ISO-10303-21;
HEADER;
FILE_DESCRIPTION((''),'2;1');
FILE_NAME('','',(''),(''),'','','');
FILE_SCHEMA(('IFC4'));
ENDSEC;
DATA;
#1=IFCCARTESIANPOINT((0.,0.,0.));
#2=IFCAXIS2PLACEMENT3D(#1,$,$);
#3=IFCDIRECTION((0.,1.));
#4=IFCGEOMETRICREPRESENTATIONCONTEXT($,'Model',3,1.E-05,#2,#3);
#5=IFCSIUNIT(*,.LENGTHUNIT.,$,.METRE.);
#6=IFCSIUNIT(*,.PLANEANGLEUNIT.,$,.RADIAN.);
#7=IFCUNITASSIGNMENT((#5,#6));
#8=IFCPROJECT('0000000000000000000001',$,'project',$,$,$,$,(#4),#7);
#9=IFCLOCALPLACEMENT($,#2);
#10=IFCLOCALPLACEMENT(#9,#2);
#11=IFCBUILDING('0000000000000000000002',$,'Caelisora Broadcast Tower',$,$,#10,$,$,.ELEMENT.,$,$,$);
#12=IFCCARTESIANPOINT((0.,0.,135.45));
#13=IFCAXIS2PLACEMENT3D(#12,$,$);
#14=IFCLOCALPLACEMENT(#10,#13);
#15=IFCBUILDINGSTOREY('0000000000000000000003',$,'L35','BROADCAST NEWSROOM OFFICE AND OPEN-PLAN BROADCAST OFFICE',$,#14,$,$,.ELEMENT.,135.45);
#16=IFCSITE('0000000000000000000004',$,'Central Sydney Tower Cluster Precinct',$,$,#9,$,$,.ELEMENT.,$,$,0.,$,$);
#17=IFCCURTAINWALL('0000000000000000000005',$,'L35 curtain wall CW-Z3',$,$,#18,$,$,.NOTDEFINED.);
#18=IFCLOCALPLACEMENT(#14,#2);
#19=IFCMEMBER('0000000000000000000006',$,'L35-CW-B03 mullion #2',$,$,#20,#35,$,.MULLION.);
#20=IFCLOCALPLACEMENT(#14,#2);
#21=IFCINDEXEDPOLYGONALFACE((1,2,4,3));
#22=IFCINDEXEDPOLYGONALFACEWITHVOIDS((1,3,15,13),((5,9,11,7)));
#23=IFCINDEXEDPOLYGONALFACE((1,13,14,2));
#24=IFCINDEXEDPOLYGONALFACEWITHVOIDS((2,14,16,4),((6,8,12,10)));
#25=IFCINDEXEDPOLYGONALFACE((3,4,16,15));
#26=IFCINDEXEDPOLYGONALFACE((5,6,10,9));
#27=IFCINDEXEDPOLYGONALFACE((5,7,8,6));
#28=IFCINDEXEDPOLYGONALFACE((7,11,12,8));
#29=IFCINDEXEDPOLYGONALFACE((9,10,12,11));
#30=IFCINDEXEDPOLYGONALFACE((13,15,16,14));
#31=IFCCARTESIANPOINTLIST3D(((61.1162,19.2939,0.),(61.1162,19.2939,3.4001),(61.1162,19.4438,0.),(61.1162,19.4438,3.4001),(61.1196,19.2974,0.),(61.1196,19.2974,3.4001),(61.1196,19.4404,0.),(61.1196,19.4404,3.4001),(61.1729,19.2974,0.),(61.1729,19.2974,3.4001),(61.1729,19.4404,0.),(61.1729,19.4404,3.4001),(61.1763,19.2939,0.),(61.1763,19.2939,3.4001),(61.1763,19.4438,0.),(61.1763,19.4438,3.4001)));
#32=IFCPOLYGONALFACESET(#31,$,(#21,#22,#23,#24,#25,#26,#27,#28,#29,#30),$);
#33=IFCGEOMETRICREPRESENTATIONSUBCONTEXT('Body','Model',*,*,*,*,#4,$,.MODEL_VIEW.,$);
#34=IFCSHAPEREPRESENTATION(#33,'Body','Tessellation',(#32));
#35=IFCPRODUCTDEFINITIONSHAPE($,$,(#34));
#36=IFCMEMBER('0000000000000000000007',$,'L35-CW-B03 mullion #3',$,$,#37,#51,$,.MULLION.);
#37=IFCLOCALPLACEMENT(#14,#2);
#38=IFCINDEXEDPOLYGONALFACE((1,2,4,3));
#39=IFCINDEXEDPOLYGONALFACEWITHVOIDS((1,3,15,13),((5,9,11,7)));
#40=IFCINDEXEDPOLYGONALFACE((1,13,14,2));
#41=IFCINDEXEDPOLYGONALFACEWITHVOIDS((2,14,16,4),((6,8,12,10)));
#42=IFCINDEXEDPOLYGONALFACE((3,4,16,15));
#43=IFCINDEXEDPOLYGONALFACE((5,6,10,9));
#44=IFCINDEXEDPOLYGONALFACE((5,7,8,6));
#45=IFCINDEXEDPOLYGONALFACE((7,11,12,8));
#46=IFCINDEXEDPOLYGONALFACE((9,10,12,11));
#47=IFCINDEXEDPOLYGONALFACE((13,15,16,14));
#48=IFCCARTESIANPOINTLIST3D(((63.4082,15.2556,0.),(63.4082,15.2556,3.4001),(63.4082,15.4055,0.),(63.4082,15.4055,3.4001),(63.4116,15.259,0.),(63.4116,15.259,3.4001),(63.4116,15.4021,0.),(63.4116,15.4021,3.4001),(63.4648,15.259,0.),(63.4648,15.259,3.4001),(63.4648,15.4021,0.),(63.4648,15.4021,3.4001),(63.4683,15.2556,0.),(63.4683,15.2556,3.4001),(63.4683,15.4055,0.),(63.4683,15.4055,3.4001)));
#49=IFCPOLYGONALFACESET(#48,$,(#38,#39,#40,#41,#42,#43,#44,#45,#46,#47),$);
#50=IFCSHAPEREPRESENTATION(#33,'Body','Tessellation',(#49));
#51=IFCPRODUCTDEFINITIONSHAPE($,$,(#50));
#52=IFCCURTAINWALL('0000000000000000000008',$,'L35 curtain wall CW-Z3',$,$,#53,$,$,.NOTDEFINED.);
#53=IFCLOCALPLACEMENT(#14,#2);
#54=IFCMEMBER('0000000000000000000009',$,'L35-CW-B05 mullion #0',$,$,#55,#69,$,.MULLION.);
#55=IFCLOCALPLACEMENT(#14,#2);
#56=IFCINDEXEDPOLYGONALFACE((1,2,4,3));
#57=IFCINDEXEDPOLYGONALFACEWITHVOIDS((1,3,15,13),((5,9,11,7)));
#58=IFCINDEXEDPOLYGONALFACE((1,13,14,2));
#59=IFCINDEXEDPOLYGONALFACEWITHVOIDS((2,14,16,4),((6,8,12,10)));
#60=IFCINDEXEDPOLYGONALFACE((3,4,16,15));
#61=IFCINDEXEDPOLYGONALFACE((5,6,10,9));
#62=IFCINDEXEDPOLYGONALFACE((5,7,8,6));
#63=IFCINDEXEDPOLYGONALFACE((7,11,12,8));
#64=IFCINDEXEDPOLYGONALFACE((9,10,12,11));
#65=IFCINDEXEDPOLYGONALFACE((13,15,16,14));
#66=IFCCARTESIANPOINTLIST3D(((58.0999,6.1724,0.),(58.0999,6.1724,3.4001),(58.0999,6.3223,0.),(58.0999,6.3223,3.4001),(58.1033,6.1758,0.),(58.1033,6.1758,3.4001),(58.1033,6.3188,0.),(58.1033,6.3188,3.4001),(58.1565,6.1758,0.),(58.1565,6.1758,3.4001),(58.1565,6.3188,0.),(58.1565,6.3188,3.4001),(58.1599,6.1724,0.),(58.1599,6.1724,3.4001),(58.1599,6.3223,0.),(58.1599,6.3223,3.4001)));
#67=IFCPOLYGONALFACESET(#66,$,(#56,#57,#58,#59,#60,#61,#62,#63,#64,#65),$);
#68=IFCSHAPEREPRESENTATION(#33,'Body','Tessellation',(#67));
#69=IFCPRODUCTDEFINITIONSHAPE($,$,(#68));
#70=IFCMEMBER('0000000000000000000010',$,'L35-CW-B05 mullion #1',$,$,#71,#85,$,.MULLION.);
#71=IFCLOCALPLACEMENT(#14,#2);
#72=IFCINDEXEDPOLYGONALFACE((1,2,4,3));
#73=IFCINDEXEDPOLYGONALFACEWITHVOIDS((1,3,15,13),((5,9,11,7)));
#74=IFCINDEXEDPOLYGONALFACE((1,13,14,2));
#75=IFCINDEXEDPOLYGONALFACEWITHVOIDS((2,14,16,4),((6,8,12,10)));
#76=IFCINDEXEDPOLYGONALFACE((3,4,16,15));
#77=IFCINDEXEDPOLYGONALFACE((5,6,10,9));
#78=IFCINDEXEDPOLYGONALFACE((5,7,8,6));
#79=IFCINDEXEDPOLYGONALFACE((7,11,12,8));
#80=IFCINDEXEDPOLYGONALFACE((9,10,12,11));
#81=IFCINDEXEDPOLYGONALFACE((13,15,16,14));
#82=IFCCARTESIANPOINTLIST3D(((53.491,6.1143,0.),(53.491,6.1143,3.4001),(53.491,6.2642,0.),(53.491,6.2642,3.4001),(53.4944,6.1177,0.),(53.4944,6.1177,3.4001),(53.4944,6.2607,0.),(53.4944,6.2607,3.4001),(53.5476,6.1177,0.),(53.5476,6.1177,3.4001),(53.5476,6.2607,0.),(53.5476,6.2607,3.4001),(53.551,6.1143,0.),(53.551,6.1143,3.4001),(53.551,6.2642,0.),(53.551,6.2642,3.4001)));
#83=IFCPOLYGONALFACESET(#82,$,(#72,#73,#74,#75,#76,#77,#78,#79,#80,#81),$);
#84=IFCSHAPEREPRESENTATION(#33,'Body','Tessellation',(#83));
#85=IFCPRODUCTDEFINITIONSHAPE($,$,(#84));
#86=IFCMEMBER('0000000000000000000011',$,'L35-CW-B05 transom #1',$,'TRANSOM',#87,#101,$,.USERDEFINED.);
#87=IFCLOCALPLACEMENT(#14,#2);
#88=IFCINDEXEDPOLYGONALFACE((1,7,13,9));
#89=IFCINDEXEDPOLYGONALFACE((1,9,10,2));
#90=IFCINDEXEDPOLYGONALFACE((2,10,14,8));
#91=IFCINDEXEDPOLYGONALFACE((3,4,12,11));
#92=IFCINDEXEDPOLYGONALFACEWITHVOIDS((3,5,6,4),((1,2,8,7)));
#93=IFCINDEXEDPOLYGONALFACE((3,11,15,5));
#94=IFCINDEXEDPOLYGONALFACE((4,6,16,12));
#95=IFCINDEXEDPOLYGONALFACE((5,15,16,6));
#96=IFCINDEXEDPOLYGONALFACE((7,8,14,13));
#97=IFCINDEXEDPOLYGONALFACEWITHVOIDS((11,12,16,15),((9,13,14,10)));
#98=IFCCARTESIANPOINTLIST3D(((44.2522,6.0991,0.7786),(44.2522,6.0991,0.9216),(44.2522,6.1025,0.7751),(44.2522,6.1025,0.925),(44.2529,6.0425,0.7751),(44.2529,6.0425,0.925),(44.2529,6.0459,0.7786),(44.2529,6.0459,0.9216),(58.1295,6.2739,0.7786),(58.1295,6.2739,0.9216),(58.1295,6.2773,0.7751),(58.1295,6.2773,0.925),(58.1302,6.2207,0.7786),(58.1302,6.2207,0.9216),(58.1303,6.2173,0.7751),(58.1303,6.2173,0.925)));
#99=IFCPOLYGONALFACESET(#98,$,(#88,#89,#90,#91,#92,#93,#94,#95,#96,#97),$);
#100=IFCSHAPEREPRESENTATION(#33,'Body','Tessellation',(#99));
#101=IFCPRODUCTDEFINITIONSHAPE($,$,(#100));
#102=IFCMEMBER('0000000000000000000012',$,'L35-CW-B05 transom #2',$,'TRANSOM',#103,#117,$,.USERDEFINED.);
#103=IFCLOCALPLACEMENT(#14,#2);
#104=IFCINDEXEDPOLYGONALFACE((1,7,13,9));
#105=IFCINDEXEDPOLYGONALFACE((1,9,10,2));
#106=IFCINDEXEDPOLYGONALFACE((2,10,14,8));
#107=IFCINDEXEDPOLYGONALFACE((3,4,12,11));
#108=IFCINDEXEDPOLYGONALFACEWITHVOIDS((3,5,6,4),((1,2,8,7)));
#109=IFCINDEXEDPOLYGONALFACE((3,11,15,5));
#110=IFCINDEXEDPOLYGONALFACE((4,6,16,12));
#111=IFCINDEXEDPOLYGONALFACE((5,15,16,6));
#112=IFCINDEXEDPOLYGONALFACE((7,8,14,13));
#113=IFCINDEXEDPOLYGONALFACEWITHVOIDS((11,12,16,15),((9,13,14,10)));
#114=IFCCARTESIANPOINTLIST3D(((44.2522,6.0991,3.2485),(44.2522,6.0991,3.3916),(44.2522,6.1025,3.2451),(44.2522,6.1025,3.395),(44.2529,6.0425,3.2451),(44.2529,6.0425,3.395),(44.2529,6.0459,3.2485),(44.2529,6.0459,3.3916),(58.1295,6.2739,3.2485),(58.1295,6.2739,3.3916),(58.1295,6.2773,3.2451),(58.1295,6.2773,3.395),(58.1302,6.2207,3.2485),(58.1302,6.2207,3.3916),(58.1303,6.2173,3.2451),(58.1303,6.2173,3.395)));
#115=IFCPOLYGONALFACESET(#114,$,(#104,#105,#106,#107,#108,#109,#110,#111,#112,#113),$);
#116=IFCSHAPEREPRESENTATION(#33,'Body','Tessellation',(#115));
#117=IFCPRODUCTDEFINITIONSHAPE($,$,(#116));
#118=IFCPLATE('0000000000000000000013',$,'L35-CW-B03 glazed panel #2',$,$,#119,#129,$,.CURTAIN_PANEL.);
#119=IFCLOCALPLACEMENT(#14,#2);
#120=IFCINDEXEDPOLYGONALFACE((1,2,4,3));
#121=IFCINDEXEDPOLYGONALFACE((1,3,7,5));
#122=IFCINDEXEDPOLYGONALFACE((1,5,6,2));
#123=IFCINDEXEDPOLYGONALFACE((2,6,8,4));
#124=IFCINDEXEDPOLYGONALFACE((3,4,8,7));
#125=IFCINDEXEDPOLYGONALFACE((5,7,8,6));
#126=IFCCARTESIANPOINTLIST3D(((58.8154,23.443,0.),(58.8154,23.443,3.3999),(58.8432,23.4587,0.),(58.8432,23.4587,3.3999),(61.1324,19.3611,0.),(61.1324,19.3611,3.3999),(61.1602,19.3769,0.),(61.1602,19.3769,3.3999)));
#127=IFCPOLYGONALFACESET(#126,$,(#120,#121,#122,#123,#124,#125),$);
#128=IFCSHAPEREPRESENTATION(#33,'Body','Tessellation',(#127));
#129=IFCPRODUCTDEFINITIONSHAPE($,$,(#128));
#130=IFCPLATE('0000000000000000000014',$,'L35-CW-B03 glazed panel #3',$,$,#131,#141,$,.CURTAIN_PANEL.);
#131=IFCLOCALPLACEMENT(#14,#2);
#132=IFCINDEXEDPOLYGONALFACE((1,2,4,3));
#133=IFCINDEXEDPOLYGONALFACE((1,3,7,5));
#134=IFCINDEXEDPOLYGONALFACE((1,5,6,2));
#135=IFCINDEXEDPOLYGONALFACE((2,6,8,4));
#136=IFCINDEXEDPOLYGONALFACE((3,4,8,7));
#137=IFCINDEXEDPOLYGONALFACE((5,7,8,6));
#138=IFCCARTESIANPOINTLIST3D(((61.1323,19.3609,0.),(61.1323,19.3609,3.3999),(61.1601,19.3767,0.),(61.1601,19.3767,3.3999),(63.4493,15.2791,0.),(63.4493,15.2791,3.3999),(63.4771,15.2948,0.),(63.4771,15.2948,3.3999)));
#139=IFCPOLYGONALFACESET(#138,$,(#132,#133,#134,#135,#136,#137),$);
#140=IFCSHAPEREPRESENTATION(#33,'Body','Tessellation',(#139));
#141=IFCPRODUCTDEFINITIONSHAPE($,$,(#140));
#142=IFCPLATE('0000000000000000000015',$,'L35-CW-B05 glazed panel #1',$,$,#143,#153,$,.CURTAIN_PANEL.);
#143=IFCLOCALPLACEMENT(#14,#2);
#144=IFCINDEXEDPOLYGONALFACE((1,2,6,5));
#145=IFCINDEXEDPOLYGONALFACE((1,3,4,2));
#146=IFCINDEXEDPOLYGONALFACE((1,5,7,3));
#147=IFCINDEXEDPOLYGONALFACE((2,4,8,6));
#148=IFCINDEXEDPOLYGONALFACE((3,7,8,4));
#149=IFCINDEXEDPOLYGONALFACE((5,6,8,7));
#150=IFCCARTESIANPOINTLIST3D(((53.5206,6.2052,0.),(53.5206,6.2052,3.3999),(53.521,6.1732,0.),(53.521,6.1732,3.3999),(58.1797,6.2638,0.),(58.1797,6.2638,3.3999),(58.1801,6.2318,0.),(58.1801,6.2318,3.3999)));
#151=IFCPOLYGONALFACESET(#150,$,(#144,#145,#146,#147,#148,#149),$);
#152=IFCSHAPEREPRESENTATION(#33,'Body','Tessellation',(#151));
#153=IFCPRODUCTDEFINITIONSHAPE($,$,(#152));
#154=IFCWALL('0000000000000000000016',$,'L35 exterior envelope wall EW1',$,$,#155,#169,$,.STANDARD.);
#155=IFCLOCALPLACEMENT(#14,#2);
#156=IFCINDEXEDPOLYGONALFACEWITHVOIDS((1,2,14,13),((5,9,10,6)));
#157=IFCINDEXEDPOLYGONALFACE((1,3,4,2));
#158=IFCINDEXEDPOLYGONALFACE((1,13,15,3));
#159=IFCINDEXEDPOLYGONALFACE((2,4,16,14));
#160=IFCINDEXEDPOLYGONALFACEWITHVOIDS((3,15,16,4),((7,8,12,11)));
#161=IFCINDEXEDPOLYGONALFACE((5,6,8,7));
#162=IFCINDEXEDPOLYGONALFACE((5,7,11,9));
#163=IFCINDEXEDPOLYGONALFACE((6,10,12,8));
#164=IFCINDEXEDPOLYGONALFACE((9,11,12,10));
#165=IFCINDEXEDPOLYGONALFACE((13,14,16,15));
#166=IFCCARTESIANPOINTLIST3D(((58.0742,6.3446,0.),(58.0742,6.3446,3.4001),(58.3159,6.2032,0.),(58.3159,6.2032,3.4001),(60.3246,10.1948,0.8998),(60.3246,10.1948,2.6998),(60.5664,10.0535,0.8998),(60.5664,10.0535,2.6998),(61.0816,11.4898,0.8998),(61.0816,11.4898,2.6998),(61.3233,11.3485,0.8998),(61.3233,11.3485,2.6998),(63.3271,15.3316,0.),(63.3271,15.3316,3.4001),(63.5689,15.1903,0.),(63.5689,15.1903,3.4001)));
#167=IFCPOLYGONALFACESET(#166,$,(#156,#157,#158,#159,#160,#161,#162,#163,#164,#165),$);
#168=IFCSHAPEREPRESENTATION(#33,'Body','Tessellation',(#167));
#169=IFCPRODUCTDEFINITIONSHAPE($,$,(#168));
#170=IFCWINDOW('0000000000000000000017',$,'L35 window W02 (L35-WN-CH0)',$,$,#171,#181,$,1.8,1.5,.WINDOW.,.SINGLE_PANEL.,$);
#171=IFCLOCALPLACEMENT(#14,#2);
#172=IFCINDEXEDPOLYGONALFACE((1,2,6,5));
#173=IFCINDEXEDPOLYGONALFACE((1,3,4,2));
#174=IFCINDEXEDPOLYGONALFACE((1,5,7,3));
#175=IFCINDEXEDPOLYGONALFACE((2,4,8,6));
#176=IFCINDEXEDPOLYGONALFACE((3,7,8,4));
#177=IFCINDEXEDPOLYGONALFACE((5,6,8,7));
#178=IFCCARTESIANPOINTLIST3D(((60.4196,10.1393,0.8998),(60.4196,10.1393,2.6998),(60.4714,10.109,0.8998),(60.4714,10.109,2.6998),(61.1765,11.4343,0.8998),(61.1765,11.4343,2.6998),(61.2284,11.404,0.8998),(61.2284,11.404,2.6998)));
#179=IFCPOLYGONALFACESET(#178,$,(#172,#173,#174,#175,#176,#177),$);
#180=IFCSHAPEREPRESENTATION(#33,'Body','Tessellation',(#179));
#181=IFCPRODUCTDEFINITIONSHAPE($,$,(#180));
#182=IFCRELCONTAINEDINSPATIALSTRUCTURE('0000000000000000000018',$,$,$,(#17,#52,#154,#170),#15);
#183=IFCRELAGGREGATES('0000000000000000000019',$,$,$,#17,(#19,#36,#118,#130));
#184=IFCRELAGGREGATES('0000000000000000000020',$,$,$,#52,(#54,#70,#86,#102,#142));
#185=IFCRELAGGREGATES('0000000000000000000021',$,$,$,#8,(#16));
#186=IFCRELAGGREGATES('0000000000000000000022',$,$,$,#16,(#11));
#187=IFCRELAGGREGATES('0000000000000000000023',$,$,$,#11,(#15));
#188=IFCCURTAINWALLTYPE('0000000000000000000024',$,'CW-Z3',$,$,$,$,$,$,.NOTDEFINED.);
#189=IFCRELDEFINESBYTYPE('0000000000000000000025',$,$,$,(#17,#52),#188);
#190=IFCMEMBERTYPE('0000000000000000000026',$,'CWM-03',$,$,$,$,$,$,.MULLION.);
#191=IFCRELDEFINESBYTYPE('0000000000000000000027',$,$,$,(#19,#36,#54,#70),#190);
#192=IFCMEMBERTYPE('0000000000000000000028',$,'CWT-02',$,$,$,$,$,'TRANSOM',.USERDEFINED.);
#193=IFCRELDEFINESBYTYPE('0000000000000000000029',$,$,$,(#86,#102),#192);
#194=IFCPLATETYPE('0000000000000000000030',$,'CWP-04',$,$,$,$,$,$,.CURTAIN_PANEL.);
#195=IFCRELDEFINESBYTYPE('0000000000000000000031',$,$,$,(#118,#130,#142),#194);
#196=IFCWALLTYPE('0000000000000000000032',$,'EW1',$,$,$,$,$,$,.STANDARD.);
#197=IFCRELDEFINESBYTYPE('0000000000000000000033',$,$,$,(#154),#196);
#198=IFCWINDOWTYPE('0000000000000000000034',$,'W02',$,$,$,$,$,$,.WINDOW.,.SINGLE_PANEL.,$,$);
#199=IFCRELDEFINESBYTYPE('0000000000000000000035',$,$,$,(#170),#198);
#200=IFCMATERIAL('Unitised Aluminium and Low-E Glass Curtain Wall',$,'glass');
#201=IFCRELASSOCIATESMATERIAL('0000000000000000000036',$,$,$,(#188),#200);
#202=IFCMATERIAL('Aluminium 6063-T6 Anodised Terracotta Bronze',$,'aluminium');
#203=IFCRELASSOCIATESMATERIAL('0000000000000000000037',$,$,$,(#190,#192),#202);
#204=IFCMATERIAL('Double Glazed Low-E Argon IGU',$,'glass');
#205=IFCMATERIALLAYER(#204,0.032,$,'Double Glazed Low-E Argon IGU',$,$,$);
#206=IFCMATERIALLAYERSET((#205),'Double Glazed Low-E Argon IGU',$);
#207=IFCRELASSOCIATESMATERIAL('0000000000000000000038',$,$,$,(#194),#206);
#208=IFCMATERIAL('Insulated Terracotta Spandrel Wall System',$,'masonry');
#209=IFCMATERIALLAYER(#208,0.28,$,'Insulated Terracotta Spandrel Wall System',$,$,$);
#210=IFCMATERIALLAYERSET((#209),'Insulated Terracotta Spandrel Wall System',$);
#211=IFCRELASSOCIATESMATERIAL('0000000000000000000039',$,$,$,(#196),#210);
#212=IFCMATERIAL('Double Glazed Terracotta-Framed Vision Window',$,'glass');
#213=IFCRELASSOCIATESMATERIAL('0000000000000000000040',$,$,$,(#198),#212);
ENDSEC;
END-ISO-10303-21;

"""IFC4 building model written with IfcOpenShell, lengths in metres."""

from ifc_helpers import new_model, si_unit, direction, frame, frame_2d, origin, origin_2d, place, context, subcontext, project, spatial, rectangle, hollow_rectangle, extrude, source, transform, mapped, material, layer, layer_set, material_profile, profile_set, type_object, type_shapes, element, fill, aggregate, save


model = new_model("IFC4")

# Units and contexts
model_context = context("Model", 3, precision=1e-05, world=origin(), true_north=direction((0.0, 1.0)))
body_context = subcontext(model_context, "Body", "Model", "MODEL_VIEW")
ifc_project = project(units=[si_unit("LENGTHUNIT", "METRE"), si_unit("PLANEANGLEUNIT", "RADIAN")], contexts=[model_context])

# Site, building, storey
site_placement = place(None, origin())
site = spatial("IfcSite", under=ifc_project, at=site_placement, Name="Central Sydney Tower Cluster Precinct", CompositionType="ELEMENT", RefElevation=0.0)
building_placement = place(site_placement, origin())
building = spatial("IfcBuilding", under=site, at=building_placement, Name="Caelisora Broadcast Tower", CompositionType="ELEMENT")
storey_placement = place(building_placement, frame((0.0, 0.0, 135.45)))
storey = spatial("IfcBuildingStorey", under=building, at=storey_placement, Name="L35", Description="BROADCAST NEWSROOM OFFICE AND OPEN-PLAN BROADCAST OFFICE", CompositionType="ELEMENT", Elevation=135.45)

# Curtain walls, members
ifc_material_1 = material(Name="Unitised Aluminium and Low-E Glass Curtain Wall", Category="glass")
curtain_wall_type = type_object("IfcCurtainWallType", Name="CW-Z3", PredefinedType="NOTDEFINED", material=ifc_material_1)
curtain_wall_1_placement = place(storey_placement, origin())
curtain_wall_1 = element("IfcCurtainWall", 1, at=curtain_wall_1_placement, inside=storey, type_object=curtain_wall_type, Name="L35 curtain wall CW-Z3", PredefinedType="NOTDEFINED")
ifc_material_2 = material(Name="Aluminium 6063-T6 Anodised Terracotta Bronze", Category="aluminium")
ifc_material_profile_1 = material_profile(ifc_material_2, hollow_rectangle(XDim=0.0601, YDim=0.1499, WallThickness=0.0034, at=origin_2d()), Name="Aluminium 6063-T6 Anodised Terracotta Bronze")
ifc_profile_set_1 = profile_set([ifc_material_profile_1], Name="Aluminium 6063-T6 Anodised Terracotta Bronze")
member_type_1 = type_object("IfcMemberType", Name="CWM-03", PredefinedType="MULLION", material=ifc_profile_set_1)
shared_shape_1 = source(origin(), body_context, "Body", "SweptSolid", [
    extrude(hollow_rectangle(XDim=0.0601, YDim=0.1499, WallThickness=0.0034, at=origin_2d()), origin(), (0.0, 0.0, 1.0), 3.4001),
])
type_shapes(member_type_1, [shared_shape_1])
member_1_placement = place(storey_placement, frame((61.1462, 19.3689, 0.0), z_axis=(0.0, 0.0, 1.0), x_axis=(1.0, 0.0, 0.0)))
member_1 = element("IfcMember", 2, at=member_1_placement, type_object=member_type_1, Name="L35-CW-B03 mullion #2", PredefinedType="MULLION", context=body_context, shape_type="MappedRepresentation", body=[
    mapped(shared_shape_1, transform((0.0, 0.0, 0.0), scale=1.0)),
])
member_2_placement = place(storey_placement, frame((63.4382, 15.3306, 0.0), z_axis=(0.0, 0.0, 1.0), x_axis=(1.0, 0.0, 0.0)))
member_2 = element("IfcMember", 3, at=member_2_placement, type_object=member_type_1, Name="L35-CW-B03 mullion #3", PredefinedType="MULLION", context=body_context, shape_type="MappedRepresentation", body=[
    mapped(shared_shape_1, transform((0.0, 0.0, 0.0), scale=1.0)),
])
curtain_wall_2_placement = place(storey_placement, origin())
curtain_wall_2 = element("IfcCurtainWall", 4, at=curtain_wall_2_placement, inside=storey, type_object=curtain_wall_type, Name="L35 curtain wall CW-Z3", PredefinedType="NOTDEFINED")
member_3_placement = place(storey_placement, frame((58.1299, 6.2473, 0.0), z_axis=(0.0, 0.0, 1.0), x_axis=(1.0, 0.0, 0.0)))
member_3 = element("IfcMember", 5, at=member_3_placement, type_object=member_type_1, Name="L35-CW-B05 mullion #0", PredefinedType="MULLION", context=body_context, shape_type="MappedRepresentation", body=[
    mapped(shared_shape_1, transform((0.0, 0.0, 0.0), scale=1.0)),
])
member_4_placement = place(storey_placement, frame((53.521, 6.1892, 0.0), z_axis=(0.0, 0.0, 1.0), x_axis=(1.0, 0.0, 0.0)))
member_4 = element("IfcMember", 6, at=member_4_placement, type_object=member_type_1, Name="L35-CW-B05 mullion #1", PredefinedType="MULLION", context=body_context, shape_type="MappedRepresentation", body=[
    mapped(shared_shape_1, transform((0.0, 0.0, 0.0), scale=1.0)),
])
ifc_material_profile_2 = material_profile(ifc_material_2, hollow_rectangle(XDim=0.0601, YDim=0.1499, WallThickness=0.0034, at=origin_2d()), Name="Aluminium 6063-T6 Anodised Terracotta Bronze")
ifc_profile_set_2 = profile_set([ifc_material_profile_2], Name="Aluminium 6063-T6 Anodised Terracotta Bronze")
member_type_2 = type_object("IfcMemberType", Name="CWT-02", ElementType="TRANSOM", PredefinedType="USERDEFINED", material=ifc_profile_set_2)
shared_shape_2 = source(origin(), body_context, "Body", "SweptSolid", [
    extrude(hollow_rectangle(XDim=0.0601, YDim=0.1499, WallThickness=0.0034, at=origin_2d()), origin(), (0.0, 0.0, 1.0), 13.8784),
])
type_shapes(member_type_2, [shared_shape_2])
member_5_placement = place(storey_placement, frame((58.1299, 6.2473, 0.8501), z_axis=(-0.999921, -0.012596, 0.0), x_axis=(0.012596, -0.999921, 0.0)))
member_5 = element("IfcMember", 7, at=member_5_placement, type_object=member_type_2, Name="L35-CW-B05 transom #1", ObjectType="TRANSOM", PredefinedType="USERDEFINED", context=body_context, shape_type="MappedRepresentation", body=[
    mapped(shared_shape_2, transform((0.0, 0.0, 0.0), scale=1.0)),
])
member_6_placement = place(storey_placement, frame((58.1299, 6.2473, 3.3201), z_axis=(-0.999921, -0.012596, 0.0), x_axis=(0.012596, -0.999921, 0.0)))
member_6 = element("IfcMember", 8, at=member_6_placement, type_object=member_type_2, Name="L35-CW-B05 transom #2", ObjectType="TRANSOM", PredefinedType="USERDEFINED", context=body_context, shape_type="MappedRepresentation", body=[
    mapped(shared_shape_2, transform((0.0, 0.0, 0.0), scale=1.0)),
])

# Plates
ifc_material_3 = material(Name="Double Glazed Low-E Argon IGU", Category="glass")
ifc_layer_1 = layer(ifc_material_3, 0.032, Name="Double Glazed Low-E Argon IGU")
ifc_layer_set_1 = layer_set([ifc_layer_1], Name="Double Glazed Low-E Argon IGU")
plate_type = type_object("IfcPlateType", Name="CWP-04", PredefinedType="CURTAIN_PANEL", material=ifc_layer_set_1)
shared_shape_3 = source(origin(), body_context, "Body", "SweptSolid", [
    extrude(rectangle(XDim=4.6936, YDim=0.032, at=origin_2d()), origin(), (0.0, 0.0, 1.0), 3.3999),
])
plate_1_placement = place(storey_placement, frame((59.9878, 21.4099, 0.0), z_axis=(0.0, 0.0, 1.0), x_axis=(0.493638, -0.869667, 0.0)))
plate_1 = element("IfcPlate", 9, at=plate_1_placement, type_object=plate_type, Name="L35-CW-B03 glazed panel #2", PredefinedType="CURTAIN_PANEL", context=body_context, shape_type="MappedRepresentation", body=[
    mapped(shared_shape_3, transform((0.0, 0.0, 0.0), scale=1.0)),
])
plate_2_placement = place(storey_placement, frame((62.3047, 17.3279, 0.0), z_axis=(0.0, 0.0, 1.0), x_axis=(0.493638, -0.869667, 0.0)))
plate_2 = element("IfcPlate", 10, at=plate_2_placement, type_object=plate_type, Name="L35-CW-B03 glazed panel #3", PredefinedType="CURTAIN_PANEL", context=body_context, shape_type="MappedRepresentation", body=[
    mapped(shared_shape_3, transform((0.0, 0.0, 0.0), scale=1.0)),
])
aggregate(curtain_wall_1, [member_1, member_2, plate_1, plate_2])
shared_shape_4 = source(origin(), body_context, "Body", "SweptSolid", [
    extrude(rectangle(XDim=4.6594, YDim=0.032, at=origin_2d()), origin(), (0.0, 0.0, 1.0), 3.3999),
])
type_shapes(plate_type, [shared_shape_3, shared_shape_4])
plate_3_placement = place(storey_placement, frame((55.8503, 6.2185, 0.0), z_axis=(0.0, 0.0, 1.0), x_axis=(-0.999921, -0.012566, 0.0)))
plate_3 = element("IfcPlate", 11, at=plate_3_placement, type_object=plate_type, Name="L35-CW-B05 glazed panel #1", PredefinedType="CURTAIN_PANEL", context=body_context, shape_type="MappedRepresentation", body=[
    mapped(shared_shape_4, transform((0.0, 0.0, 0.0), scale=1.0)),
])
aggregate(curtain_wall_2, [member_3, member_4, member_5, member_6, plate_3])

# Wall, opening, window
ifc_material_4 = material(Name="Insulated Terracotta Spandrel Wall System", Category="masonry")
ifc_layer_2 = layer(ifc_material_4, 0.28, Name="Insulated Terracotta Spandrel Wall System")
ifc_layer_set_2 = layer_set([ifc_layer_2], Name="Insulated Terracotta Spandrel Wall System")
wall_type = type_object("IfcWallType", Name="EW1", PredefinedType="STANDARD", material=ifc_layer_set_2)
wall_placement = place(storey_placement, frame((63.448, 15.261, 0.0), z_axis=(0.0, 0.0, 1.0), x_axis=(-0.504622, -0.86334, 0.0)))
wall = element("IfcWall", 12, at=wall_placement, inside=storey, type_object=wall_type, Name="L35 exterior envelope wall EW1", PredefinedType="STANDARD", context=body_context, shape_type="SweptSolid", body=[
    extrude(rectangle(XDim=10.4097, YDim=0.28, at=frame_2d((5.2048, 0.0))), origin(), (0.0, 0.0, 1.0), 3.4001),
])
opening_placement = place(wall_placement, frame((4.45, 0.0, 0.8999)))
opening = element("IfcOpeningElement", 13, at=opening_placement, cuts=wall, PredefinedType="OPENING", context=body_context, shape_type="SweptSolid", body=[
    extrude(rectangle(XDim=1.5, YDim=1.8, at=frame_2d((0.75, 0.8999))), frame((0.0, 0.1521, 0.0), z_axis=(0.0, -1.0, 0.0), x_axis=(1.0, 0.0, 0.0)), (0.0, 0.0, 1.0), 0.304),
])
ifc_material_5 = material(Name="Double Glazed Terracotta-Framed Vision Window", Category="glass")
window_type = type_object("IfcWindowType", Name="W02", PartitioningType="SINGLE_PANEL", PredefinedType="WINDOW", material=ifc_material_5)
window_placement = place(opening_placement, origin())
window = element("IfcWindow", 14, at=window_placement, inside=storey, type_object=window_type, Name="L35 window W02 (L35-WN-CH0)", OverallHeight=1.8, OverallWidth=1.5, PartitioningType="SINGLE_PANEL", PredefinedType="WINDOW", context=body_context, shape_type="SweptSolid", body=[
    extrude(rectangle(XDim=1.5, YDim=1.8, at=frame_2d((0.75, 0.8999))), frame((0.0, 0.03, 0.0), z_axis=(0.0, -1.0, 0.0), x_axis=(1.0, 0.0, 0.0)), (0.0, 0.0, 1.0), 0.0601),
])
fill(opening, window)

save(model, "model.ifc")
